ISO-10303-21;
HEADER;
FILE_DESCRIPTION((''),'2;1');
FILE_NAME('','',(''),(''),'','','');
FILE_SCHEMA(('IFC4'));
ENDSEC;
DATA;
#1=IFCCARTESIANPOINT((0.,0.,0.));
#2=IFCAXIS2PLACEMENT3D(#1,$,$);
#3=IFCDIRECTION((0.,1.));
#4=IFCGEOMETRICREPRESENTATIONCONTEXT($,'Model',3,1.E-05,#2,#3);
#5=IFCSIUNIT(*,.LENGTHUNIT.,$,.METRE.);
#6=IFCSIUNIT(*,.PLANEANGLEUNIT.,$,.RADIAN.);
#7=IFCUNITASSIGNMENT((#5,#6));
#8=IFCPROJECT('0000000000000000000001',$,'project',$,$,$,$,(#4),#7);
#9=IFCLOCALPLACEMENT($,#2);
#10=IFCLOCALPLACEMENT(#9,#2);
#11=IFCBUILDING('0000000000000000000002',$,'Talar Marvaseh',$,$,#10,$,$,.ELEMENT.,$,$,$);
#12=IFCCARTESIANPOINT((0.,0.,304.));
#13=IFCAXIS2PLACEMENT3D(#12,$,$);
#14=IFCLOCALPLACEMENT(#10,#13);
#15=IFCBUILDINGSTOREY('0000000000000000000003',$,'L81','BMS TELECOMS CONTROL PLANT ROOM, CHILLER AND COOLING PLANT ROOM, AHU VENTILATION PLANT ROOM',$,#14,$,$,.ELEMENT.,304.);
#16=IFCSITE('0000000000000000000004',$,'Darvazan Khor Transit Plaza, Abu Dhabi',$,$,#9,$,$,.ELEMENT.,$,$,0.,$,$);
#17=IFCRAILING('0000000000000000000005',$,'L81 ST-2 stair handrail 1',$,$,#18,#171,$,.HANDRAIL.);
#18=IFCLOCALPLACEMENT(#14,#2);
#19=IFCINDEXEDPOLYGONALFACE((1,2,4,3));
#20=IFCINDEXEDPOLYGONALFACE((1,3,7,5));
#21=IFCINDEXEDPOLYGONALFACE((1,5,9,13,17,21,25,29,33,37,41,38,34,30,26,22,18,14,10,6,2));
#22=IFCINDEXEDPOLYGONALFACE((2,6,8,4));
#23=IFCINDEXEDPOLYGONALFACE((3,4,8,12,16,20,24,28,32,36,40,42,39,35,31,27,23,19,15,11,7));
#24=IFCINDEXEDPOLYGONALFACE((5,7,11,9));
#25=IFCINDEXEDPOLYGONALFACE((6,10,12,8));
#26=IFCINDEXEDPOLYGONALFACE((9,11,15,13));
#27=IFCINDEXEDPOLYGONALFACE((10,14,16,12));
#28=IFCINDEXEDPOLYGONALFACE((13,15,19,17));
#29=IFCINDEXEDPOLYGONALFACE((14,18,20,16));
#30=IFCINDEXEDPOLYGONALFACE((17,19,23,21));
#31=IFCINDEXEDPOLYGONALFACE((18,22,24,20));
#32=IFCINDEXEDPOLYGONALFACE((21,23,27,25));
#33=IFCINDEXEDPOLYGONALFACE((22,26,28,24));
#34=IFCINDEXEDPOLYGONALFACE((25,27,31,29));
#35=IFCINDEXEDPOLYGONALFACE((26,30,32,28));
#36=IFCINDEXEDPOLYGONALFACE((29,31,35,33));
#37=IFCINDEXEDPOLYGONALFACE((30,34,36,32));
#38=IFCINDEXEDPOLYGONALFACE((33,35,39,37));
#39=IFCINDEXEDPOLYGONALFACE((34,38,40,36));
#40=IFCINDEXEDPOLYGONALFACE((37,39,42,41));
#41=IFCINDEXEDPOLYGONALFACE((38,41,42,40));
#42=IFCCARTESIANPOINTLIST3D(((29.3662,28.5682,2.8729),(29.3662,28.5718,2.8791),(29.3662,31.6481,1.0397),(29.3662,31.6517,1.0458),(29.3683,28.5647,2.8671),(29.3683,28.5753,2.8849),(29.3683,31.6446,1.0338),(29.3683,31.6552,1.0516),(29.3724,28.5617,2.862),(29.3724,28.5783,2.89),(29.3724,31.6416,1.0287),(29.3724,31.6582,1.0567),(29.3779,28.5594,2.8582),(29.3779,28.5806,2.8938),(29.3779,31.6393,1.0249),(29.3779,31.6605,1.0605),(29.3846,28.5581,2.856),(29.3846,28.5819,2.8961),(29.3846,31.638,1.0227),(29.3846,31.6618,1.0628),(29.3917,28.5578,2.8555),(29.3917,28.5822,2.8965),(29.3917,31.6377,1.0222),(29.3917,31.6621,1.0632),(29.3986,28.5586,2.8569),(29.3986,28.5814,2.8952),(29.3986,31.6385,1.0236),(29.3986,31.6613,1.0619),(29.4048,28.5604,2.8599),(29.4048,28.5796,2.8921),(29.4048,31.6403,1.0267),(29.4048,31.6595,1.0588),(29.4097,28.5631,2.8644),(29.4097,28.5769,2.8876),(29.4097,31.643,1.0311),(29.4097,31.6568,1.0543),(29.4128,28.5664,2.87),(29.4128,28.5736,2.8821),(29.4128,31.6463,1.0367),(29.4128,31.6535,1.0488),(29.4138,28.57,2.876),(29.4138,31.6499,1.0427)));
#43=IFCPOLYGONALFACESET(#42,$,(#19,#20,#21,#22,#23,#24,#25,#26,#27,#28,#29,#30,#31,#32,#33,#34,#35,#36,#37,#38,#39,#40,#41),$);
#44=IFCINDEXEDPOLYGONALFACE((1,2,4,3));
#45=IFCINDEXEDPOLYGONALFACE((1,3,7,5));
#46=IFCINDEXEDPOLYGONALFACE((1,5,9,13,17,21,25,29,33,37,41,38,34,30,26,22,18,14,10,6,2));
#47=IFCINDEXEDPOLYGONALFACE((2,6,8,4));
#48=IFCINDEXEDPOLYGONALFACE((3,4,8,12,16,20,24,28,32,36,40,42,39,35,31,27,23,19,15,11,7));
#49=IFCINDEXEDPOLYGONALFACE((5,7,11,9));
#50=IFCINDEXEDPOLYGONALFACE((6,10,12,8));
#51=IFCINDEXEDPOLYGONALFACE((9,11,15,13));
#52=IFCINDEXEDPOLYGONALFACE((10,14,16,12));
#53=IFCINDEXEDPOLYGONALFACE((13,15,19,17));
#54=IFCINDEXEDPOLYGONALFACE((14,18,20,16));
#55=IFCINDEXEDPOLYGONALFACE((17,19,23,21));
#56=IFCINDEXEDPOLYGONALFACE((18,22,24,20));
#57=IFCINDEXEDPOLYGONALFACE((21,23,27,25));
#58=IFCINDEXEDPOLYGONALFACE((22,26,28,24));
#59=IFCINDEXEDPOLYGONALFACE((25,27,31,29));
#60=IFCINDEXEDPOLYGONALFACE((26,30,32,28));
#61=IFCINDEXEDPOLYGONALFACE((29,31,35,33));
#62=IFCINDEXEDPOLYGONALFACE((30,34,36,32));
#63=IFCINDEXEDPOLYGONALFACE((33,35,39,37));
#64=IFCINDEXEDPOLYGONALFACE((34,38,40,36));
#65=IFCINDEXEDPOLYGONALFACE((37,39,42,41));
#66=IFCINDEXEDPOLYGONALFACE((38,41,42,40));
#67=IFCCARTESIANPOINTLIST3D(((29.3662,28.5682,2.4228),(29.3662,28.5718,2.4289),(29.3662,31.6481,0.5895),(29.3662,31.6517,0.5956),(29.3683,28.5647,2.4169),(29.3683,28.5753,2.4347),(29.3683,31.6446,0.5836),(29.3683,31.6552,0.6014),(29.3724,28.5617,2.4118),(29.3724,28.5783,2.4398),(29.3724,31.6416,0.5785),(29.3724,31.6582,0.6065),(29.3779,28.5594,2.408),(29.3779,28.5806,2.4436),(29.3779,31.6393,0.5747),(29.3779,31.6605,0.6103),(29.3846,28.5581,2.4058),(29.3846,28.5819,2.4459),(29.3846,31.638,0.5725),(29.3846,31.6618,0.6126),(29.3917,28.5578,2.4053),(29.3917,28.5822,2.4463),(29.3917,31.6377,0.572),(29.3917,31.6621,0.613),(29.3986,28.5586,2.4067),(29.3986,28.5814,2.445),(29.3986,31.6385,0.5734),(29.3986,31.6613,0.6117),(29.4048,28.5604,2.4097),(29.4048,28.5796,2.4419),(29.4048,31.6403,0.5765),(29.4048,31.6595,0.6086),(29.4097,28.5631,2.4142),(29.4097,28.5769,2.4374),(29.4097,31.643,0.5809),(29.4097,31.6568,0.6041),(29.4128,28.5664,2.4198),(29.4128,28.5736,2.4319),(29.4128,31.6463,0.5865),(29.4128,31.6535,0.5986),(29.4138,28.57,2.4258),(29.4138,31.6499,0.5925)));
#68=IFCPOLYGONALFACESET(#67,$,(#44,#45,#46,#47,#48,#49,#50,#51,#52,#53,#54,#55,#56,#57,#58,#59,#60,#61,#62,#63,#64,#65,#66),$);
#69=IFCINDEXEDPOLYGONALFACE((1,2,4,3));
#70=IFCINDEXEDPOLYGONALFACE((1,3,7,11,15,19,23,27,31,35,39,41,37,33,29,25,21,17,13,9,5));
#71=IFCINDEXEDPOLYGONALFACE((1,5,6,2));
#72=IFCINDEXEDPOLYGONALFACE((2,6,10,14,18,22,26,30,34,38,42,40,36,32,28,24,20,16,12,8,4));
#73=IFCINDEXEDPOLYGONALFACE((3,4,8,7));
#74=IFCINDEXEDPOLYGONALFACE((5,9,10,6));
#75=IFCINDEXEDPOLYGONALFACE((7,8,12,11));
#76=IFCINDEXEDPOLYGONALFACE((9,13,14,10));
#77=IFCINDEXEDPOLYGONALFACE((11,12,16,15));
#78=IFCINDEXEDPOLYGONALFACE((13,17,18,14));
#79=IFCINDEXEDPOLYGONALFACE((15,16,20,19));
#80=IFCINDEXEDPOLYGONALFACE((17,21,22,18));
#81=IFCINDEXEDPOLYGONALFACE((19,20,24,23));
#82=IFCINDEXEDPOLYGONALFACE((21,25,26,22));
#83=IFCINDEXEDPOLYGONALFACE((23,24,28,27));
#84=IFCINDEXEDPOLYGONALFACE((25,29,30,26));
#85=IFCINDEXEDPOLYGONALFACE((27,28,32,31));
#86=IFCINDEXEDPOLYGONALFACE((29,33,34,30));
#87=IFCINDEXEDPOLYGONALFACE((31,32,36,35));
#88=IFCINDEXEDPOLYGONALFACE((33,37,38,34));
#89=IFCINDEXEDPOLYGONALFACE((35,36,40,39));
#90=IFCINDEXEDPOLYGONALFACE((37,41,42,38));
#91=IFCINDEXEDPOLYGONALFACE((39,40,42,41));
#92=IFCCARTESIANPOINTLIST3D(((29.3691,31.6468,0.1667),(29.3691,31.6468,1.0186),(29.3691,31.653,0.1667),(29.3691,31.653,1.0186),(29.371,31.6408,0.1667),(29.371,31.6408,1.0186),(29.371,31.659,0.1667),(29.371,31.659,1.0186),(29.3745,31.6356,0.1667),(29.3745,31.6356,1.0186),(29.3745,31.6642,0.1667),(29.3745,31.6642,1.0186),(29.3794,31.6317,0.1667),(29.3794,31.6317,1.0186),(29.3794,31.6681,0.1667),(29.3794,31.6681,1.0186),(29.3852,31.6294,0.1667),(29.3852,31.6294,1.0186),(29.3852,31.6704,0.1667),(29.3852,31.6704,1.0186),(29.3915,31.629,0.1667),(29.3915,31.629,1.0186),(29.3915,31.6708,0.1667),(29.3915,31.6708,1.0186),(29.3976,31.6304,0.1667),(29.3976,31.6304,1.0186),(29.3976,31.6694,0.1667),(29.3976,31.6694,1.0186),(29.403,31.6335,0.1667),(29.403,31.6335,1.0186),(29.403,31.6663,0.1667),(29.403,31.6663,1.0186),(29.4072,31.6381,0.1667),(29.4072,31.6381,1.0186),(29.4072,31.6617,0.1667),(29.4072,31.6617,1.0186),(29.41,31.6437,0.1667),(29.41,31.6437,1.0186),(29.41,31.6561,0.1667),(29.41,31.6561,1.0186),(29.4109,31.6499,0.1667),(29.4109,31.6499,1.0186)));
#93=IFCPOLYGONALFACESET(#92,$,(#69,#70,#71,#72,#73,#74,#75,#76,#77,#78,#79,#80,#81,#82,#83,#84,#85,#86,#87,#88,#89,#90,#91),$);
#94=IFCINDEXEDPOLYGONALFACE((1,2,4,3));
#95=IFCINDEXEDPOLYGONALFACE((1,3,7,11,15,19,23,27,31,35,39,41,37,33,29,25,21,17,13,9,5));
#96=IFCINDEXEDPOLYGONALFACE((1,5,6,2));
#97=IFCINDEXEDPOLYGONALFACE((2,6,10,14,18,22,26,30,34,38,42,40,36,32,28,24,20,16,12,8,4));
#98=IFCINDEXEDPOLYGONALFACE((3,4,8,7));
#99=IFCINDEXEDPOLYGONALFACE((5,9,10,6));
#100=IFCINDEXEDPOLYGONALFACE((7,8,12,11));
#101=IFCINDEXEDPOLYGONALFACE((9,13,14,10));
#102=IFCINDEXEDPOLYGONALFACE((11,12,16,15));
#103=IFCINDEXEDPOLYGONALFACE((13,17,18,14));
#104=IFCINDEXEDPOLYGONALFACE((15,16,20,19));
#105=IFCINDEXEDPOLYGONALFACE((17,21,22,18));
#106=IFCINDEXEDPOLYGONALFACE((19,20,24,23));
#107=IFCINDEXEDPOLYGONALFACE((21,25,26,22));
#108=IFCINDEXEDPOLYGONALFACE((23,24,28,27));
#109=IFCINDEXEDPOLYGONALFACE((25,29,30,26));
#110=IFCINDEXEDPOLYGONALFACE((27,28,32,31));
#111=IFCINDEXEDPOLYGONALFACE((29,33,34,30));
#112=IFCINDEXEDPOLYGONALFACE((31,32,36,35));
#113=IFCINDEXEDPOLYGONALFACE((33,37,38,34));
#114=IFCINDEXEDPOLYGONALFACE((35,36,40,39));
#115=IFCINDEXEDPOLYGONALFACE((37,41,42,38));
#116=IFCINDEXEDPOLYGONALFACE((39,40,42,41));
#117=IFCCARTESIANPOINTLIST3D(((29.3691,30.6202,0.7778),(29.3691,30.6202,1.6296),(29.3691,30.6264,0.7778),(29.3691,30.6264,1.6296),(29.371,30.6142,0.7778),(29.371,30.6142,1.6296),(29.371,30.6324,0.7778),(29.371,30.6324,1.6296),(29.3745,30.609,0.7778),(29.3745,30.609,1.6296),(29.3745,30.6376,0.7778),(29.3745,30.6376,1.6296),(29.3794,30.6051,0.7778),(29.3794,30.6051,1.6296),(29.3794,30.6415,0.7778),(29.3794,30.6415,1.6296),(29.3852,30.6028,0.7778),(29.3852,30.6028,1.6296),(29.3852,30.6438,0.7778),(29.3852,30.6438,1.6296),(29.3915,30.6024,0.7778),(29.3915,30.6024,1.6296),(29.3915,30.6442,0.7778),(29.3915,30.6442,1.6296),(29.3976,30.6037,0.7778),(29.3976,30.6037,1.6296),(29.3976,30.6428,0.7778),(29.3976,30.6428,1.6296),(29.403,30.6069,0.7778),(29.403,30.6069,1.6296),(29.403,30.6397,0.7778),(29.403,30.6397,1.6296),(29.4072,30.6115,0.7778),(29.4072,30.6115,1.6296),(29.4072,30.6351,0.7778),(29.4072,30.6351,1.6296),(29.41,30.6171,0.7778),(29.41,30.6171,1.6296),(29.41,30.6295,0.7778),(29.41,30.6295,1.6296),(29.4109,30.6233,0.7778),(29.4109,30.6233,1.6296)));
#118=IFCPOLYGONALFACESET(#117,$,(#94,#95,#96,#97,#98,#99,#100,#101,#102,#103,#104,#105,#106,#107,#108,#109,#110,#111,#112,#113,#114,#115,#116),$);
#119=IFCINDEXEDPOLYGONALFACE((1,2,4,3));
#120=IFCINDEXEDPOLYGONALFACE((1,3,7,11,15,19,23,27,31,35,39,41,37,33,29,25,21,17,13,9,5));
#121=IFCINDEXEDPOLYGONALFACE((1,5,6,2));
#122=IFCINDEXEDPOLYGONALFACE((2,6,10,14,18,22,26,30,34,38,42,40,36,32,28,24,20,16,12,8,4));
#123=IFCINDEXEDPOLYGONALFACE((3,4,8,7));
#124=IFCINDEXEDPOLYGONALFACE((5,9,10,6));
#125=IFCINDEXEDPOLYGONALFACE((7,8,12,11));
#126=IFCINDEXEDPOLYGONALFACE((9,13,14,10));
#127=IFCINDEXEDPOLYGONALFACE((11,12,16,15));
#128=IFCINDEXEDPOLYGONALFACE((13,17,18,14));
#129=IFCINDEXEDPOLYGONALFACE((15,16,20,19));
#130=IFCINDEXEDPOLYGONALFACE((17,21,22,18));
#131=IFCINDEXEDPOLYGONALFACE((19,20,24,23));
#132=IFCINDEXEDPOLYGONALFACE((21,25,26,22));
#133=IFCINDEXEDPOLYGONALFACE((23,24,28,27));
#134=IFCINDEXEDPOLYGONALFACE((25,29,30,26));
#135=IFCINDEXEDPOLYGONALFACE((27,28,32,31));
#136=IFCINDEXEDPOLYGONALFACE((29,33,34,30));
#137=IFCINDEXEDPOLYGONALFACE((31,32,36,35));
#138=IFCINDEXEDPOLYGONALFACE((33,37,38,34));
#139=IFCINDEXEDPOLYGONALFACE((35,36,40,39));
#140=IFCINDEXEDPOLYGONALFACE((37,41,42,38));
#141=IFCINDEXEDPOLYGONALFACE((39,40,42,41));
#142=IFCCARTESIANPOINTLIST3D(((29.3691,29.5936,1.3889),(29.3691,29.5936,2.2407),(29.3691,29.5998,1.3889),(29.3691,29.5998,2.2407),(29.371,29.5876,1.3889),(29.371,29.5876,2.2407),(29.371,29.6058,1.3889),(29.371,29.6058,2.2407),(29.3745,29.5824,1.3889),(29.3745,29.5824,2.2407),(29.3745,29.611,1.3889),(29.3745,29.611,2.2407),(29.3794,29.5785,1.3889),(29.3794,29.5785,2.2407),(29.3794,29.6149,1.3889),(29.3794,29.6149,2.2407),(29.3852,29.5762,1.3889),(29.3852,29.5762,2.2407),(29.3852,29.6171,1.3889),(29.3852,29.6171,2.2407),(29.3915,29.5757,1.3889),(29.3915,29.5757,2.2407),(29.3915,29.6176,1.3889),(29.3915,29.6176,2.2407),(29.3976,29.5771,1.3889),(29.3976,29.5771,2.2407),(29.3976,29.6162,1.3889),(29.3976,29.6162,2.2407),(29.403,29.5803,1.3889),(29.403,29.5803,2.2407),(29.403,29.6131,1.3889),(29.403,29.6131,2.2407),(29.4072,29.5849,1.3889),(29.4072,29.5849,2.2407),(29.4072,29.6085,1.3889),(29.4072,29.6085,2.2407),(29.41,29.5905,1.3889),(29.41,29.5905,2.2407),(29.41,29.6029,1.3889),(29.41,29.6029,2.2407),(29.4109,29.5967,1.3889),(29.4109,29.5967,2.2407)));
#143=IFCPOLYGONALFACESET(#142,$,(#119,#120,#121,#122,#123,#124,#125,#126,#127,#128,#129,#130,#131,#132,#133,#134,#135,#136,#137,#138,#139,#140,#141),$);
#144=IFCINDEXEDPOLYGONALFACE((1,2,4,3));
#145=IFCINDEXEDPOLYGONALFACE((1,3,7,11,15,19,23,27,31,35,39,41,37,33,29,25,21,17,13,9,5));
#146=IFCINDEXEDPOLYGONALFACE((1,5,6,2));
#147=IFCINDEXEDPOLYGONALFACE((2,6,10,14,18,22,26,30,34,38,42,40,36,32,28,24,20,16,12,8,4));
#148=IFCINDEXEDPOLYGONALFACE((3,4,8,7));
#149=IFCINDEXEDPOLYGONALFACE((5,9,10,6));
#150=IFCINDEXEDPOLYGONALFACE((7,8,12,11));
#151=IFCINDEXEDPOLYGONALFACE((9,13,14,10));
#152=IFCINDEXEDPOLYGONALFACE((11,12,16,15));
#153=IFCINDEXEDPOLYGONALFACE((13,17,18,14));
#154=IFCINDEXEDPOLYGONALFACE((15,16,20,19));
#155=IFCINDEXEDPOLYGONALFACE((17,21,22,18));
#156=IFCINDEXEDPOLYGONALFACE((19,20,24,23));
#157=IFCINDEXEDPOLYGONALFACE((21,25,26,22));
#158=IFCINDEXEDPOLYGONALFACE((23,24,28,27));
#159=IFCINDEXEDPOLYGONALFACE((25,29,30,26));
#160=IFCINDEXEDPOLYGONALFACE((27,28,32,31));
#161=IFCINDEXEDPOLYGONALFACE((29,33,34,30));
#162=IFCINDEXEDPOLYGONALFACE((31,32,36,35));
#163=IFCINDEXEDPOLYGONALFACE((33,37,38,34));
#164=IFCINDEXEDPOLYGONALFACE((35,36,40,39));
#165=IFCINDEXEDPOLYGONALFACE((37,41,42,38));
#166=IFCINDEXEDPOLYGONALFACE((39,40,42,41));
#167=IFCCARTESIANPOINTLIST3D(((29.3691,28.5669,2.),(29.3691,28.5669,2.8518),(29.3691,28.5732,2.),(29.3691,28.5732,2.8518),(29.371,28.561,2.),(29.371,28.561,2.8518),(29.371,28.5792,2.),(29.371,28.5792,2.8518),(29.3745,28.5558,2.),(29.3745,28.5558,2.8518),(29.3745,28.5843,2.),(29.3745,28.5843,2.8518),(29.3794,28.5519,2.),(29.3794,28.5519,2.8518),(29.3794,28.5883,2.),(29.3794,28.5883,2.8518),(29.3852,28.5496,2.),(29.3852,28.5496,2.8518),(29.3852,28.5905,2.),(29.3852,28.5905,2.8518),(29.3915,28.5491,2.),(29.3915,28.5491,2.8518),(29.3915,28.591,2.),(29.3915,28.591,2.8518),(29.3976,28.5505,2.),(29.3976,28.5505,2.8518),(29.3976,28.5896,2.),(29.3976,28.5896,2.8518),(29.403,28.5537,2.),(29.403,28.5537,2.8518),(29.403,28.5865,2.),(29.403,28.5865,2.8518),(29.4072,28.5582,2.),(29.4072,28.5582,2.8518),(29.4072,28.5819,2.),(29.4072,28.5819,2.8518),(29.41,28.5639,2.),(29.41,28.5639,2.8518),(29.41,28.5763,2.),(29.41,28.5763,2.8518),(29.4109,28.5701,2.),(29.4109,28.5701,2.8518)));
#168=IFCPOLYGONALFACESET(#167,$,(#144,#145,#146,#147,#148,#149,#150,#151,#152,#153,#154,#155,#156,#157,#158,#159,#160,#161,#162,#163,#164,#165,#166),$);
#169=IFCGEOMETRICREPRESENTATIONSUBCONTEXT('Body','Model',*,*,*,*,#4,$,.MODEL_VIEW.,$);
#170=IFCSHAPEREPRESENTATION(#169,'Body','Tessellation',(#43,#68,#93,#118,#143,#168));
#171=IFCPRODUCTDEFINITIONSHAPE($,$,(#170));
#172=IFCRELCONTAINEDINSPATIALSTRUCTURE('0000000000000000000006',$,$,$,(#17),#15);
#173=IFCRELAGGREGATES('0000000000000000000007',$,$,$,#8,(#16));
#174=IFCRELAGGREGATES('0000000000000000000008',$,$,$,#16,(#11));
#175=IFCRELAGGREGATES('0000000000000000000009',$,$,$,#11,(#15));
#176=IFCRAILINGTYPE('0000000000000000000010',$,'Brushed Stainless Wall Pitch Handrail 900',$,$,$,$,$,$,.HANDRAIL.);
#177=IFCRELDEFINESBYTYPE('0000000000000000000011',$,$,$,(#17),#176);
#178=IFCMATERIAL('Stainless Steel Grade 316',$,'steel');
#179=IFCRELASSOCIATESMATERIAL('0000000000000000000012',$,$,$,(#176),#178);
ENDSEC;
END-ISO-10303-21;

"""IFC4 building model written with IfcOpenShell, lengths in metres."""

from ifc_helpers import new_model, si_unit, direction, frame, origin, origin_2d, place, context, subcontext, project, spatial, circle, extrude, material, type_object, element, save


model = new_model("IFC4")

# Units and contexts
model_context = context("Model", 3, precision=1e-05, world=origin(), true_north=direction((0.0, 1.0)))
body_context = subcontext(model_context, "Body", "Model", "MODEL_VIEW")
ifc_project = project(units=[si_unit("LENGTHUNIT", "METRE"), si_unit("PLANEANGLEUNIT", "RADIAN")], contexts=[model_context])

# Site, building, storey
site_placement = place(None, origin())
site = spatial("IfcSite", under=ifc_project, at=site_placement, Name="Darvazan Khor Transit Plaza, Abu Dhabi", CompositionType="ELEMENT", RefElevation=0.0)
building_placement = place(site_placement, origin())
building = spatial("IfcBuilding", under=site, at=building_placement, Name="Talar Marvaseh", CompositionType="ELEMENT")
storey_placement = place(building_placement, frame((0.0, 0.0, 304.0)))
storey = spatial("IfcBuildingStorey", under=building, at=storey_placement, Name="L81", Description="BMS TELECOMS CONTROL PLANT ROOM, CHILLER AND COOLING PLANT ROOM, AHU VENTILATION PLANT ROOM", CompositionType="ELEMENT", Elevation=304.0)

# Railing
ifc_material_1 = material(Name="Stainless Steel Grade 316", Category="steel")
railing_type_1 = type_object("IfcRailingType", Name="Brushed Stainless Wall Pitch Handrail 900", PredefinedType="HANDRAIL", material=ifc_material_1)
railing_1_placement = place(storey_placement, frame((29.3899, 31.6499, 0.1667)))
element("IfcRailing", 1, at=railing_1_placement, inside=storey, type_object=railing_type_1, Name="L81 ST-2 stair handrail 1", PredefinedType="HANDRAIL", context=body_context, shape_type="SweptSolid", body=[
    extrude(circle(Radius=0.0239, at=origin_2d()), frame((0.0, 0.0, 0.876), z_axis=(0.0, -0.859291, 0.511487), x_axis=(1.0, 0.0, 0.0)), (0.0, 0.0, 1.0), 3.5842),
    extrude(circle(Radius=0.0239, at=origin_2d()), frame((0.0, 0.0, 0.4258), z_axis=(0.0, -0.859291, 0.511487), x_axis=(1.0, 0.0, 0.0)), (0.0, 0.0, 1.0), 3.5842),
    extrude(circle(Radius=0.021, at=origin_2d()), origin(), (0.0, 0.0, 1.0), 0.8518),
    extrude(circle(Radius=0.021, at=origin_2d()), frame((0.0, -1.0266, 0.6111)), (0.0, 0.0, 1.0), 0.8518),
    extrude(circle(Radius=0.021, at=origin_2d()), frame((0.0, -2.0532, 1.2222)), (0.0, 0.0, 1.0), 0.8518),
    extrude(circle(Radius=0.021, at=origin_2d()), frame((0.0, -3.0798, 1.8333)), (0.0, 0.0, 1.0), 0.8518),
])

save(model, "model.ifc")
